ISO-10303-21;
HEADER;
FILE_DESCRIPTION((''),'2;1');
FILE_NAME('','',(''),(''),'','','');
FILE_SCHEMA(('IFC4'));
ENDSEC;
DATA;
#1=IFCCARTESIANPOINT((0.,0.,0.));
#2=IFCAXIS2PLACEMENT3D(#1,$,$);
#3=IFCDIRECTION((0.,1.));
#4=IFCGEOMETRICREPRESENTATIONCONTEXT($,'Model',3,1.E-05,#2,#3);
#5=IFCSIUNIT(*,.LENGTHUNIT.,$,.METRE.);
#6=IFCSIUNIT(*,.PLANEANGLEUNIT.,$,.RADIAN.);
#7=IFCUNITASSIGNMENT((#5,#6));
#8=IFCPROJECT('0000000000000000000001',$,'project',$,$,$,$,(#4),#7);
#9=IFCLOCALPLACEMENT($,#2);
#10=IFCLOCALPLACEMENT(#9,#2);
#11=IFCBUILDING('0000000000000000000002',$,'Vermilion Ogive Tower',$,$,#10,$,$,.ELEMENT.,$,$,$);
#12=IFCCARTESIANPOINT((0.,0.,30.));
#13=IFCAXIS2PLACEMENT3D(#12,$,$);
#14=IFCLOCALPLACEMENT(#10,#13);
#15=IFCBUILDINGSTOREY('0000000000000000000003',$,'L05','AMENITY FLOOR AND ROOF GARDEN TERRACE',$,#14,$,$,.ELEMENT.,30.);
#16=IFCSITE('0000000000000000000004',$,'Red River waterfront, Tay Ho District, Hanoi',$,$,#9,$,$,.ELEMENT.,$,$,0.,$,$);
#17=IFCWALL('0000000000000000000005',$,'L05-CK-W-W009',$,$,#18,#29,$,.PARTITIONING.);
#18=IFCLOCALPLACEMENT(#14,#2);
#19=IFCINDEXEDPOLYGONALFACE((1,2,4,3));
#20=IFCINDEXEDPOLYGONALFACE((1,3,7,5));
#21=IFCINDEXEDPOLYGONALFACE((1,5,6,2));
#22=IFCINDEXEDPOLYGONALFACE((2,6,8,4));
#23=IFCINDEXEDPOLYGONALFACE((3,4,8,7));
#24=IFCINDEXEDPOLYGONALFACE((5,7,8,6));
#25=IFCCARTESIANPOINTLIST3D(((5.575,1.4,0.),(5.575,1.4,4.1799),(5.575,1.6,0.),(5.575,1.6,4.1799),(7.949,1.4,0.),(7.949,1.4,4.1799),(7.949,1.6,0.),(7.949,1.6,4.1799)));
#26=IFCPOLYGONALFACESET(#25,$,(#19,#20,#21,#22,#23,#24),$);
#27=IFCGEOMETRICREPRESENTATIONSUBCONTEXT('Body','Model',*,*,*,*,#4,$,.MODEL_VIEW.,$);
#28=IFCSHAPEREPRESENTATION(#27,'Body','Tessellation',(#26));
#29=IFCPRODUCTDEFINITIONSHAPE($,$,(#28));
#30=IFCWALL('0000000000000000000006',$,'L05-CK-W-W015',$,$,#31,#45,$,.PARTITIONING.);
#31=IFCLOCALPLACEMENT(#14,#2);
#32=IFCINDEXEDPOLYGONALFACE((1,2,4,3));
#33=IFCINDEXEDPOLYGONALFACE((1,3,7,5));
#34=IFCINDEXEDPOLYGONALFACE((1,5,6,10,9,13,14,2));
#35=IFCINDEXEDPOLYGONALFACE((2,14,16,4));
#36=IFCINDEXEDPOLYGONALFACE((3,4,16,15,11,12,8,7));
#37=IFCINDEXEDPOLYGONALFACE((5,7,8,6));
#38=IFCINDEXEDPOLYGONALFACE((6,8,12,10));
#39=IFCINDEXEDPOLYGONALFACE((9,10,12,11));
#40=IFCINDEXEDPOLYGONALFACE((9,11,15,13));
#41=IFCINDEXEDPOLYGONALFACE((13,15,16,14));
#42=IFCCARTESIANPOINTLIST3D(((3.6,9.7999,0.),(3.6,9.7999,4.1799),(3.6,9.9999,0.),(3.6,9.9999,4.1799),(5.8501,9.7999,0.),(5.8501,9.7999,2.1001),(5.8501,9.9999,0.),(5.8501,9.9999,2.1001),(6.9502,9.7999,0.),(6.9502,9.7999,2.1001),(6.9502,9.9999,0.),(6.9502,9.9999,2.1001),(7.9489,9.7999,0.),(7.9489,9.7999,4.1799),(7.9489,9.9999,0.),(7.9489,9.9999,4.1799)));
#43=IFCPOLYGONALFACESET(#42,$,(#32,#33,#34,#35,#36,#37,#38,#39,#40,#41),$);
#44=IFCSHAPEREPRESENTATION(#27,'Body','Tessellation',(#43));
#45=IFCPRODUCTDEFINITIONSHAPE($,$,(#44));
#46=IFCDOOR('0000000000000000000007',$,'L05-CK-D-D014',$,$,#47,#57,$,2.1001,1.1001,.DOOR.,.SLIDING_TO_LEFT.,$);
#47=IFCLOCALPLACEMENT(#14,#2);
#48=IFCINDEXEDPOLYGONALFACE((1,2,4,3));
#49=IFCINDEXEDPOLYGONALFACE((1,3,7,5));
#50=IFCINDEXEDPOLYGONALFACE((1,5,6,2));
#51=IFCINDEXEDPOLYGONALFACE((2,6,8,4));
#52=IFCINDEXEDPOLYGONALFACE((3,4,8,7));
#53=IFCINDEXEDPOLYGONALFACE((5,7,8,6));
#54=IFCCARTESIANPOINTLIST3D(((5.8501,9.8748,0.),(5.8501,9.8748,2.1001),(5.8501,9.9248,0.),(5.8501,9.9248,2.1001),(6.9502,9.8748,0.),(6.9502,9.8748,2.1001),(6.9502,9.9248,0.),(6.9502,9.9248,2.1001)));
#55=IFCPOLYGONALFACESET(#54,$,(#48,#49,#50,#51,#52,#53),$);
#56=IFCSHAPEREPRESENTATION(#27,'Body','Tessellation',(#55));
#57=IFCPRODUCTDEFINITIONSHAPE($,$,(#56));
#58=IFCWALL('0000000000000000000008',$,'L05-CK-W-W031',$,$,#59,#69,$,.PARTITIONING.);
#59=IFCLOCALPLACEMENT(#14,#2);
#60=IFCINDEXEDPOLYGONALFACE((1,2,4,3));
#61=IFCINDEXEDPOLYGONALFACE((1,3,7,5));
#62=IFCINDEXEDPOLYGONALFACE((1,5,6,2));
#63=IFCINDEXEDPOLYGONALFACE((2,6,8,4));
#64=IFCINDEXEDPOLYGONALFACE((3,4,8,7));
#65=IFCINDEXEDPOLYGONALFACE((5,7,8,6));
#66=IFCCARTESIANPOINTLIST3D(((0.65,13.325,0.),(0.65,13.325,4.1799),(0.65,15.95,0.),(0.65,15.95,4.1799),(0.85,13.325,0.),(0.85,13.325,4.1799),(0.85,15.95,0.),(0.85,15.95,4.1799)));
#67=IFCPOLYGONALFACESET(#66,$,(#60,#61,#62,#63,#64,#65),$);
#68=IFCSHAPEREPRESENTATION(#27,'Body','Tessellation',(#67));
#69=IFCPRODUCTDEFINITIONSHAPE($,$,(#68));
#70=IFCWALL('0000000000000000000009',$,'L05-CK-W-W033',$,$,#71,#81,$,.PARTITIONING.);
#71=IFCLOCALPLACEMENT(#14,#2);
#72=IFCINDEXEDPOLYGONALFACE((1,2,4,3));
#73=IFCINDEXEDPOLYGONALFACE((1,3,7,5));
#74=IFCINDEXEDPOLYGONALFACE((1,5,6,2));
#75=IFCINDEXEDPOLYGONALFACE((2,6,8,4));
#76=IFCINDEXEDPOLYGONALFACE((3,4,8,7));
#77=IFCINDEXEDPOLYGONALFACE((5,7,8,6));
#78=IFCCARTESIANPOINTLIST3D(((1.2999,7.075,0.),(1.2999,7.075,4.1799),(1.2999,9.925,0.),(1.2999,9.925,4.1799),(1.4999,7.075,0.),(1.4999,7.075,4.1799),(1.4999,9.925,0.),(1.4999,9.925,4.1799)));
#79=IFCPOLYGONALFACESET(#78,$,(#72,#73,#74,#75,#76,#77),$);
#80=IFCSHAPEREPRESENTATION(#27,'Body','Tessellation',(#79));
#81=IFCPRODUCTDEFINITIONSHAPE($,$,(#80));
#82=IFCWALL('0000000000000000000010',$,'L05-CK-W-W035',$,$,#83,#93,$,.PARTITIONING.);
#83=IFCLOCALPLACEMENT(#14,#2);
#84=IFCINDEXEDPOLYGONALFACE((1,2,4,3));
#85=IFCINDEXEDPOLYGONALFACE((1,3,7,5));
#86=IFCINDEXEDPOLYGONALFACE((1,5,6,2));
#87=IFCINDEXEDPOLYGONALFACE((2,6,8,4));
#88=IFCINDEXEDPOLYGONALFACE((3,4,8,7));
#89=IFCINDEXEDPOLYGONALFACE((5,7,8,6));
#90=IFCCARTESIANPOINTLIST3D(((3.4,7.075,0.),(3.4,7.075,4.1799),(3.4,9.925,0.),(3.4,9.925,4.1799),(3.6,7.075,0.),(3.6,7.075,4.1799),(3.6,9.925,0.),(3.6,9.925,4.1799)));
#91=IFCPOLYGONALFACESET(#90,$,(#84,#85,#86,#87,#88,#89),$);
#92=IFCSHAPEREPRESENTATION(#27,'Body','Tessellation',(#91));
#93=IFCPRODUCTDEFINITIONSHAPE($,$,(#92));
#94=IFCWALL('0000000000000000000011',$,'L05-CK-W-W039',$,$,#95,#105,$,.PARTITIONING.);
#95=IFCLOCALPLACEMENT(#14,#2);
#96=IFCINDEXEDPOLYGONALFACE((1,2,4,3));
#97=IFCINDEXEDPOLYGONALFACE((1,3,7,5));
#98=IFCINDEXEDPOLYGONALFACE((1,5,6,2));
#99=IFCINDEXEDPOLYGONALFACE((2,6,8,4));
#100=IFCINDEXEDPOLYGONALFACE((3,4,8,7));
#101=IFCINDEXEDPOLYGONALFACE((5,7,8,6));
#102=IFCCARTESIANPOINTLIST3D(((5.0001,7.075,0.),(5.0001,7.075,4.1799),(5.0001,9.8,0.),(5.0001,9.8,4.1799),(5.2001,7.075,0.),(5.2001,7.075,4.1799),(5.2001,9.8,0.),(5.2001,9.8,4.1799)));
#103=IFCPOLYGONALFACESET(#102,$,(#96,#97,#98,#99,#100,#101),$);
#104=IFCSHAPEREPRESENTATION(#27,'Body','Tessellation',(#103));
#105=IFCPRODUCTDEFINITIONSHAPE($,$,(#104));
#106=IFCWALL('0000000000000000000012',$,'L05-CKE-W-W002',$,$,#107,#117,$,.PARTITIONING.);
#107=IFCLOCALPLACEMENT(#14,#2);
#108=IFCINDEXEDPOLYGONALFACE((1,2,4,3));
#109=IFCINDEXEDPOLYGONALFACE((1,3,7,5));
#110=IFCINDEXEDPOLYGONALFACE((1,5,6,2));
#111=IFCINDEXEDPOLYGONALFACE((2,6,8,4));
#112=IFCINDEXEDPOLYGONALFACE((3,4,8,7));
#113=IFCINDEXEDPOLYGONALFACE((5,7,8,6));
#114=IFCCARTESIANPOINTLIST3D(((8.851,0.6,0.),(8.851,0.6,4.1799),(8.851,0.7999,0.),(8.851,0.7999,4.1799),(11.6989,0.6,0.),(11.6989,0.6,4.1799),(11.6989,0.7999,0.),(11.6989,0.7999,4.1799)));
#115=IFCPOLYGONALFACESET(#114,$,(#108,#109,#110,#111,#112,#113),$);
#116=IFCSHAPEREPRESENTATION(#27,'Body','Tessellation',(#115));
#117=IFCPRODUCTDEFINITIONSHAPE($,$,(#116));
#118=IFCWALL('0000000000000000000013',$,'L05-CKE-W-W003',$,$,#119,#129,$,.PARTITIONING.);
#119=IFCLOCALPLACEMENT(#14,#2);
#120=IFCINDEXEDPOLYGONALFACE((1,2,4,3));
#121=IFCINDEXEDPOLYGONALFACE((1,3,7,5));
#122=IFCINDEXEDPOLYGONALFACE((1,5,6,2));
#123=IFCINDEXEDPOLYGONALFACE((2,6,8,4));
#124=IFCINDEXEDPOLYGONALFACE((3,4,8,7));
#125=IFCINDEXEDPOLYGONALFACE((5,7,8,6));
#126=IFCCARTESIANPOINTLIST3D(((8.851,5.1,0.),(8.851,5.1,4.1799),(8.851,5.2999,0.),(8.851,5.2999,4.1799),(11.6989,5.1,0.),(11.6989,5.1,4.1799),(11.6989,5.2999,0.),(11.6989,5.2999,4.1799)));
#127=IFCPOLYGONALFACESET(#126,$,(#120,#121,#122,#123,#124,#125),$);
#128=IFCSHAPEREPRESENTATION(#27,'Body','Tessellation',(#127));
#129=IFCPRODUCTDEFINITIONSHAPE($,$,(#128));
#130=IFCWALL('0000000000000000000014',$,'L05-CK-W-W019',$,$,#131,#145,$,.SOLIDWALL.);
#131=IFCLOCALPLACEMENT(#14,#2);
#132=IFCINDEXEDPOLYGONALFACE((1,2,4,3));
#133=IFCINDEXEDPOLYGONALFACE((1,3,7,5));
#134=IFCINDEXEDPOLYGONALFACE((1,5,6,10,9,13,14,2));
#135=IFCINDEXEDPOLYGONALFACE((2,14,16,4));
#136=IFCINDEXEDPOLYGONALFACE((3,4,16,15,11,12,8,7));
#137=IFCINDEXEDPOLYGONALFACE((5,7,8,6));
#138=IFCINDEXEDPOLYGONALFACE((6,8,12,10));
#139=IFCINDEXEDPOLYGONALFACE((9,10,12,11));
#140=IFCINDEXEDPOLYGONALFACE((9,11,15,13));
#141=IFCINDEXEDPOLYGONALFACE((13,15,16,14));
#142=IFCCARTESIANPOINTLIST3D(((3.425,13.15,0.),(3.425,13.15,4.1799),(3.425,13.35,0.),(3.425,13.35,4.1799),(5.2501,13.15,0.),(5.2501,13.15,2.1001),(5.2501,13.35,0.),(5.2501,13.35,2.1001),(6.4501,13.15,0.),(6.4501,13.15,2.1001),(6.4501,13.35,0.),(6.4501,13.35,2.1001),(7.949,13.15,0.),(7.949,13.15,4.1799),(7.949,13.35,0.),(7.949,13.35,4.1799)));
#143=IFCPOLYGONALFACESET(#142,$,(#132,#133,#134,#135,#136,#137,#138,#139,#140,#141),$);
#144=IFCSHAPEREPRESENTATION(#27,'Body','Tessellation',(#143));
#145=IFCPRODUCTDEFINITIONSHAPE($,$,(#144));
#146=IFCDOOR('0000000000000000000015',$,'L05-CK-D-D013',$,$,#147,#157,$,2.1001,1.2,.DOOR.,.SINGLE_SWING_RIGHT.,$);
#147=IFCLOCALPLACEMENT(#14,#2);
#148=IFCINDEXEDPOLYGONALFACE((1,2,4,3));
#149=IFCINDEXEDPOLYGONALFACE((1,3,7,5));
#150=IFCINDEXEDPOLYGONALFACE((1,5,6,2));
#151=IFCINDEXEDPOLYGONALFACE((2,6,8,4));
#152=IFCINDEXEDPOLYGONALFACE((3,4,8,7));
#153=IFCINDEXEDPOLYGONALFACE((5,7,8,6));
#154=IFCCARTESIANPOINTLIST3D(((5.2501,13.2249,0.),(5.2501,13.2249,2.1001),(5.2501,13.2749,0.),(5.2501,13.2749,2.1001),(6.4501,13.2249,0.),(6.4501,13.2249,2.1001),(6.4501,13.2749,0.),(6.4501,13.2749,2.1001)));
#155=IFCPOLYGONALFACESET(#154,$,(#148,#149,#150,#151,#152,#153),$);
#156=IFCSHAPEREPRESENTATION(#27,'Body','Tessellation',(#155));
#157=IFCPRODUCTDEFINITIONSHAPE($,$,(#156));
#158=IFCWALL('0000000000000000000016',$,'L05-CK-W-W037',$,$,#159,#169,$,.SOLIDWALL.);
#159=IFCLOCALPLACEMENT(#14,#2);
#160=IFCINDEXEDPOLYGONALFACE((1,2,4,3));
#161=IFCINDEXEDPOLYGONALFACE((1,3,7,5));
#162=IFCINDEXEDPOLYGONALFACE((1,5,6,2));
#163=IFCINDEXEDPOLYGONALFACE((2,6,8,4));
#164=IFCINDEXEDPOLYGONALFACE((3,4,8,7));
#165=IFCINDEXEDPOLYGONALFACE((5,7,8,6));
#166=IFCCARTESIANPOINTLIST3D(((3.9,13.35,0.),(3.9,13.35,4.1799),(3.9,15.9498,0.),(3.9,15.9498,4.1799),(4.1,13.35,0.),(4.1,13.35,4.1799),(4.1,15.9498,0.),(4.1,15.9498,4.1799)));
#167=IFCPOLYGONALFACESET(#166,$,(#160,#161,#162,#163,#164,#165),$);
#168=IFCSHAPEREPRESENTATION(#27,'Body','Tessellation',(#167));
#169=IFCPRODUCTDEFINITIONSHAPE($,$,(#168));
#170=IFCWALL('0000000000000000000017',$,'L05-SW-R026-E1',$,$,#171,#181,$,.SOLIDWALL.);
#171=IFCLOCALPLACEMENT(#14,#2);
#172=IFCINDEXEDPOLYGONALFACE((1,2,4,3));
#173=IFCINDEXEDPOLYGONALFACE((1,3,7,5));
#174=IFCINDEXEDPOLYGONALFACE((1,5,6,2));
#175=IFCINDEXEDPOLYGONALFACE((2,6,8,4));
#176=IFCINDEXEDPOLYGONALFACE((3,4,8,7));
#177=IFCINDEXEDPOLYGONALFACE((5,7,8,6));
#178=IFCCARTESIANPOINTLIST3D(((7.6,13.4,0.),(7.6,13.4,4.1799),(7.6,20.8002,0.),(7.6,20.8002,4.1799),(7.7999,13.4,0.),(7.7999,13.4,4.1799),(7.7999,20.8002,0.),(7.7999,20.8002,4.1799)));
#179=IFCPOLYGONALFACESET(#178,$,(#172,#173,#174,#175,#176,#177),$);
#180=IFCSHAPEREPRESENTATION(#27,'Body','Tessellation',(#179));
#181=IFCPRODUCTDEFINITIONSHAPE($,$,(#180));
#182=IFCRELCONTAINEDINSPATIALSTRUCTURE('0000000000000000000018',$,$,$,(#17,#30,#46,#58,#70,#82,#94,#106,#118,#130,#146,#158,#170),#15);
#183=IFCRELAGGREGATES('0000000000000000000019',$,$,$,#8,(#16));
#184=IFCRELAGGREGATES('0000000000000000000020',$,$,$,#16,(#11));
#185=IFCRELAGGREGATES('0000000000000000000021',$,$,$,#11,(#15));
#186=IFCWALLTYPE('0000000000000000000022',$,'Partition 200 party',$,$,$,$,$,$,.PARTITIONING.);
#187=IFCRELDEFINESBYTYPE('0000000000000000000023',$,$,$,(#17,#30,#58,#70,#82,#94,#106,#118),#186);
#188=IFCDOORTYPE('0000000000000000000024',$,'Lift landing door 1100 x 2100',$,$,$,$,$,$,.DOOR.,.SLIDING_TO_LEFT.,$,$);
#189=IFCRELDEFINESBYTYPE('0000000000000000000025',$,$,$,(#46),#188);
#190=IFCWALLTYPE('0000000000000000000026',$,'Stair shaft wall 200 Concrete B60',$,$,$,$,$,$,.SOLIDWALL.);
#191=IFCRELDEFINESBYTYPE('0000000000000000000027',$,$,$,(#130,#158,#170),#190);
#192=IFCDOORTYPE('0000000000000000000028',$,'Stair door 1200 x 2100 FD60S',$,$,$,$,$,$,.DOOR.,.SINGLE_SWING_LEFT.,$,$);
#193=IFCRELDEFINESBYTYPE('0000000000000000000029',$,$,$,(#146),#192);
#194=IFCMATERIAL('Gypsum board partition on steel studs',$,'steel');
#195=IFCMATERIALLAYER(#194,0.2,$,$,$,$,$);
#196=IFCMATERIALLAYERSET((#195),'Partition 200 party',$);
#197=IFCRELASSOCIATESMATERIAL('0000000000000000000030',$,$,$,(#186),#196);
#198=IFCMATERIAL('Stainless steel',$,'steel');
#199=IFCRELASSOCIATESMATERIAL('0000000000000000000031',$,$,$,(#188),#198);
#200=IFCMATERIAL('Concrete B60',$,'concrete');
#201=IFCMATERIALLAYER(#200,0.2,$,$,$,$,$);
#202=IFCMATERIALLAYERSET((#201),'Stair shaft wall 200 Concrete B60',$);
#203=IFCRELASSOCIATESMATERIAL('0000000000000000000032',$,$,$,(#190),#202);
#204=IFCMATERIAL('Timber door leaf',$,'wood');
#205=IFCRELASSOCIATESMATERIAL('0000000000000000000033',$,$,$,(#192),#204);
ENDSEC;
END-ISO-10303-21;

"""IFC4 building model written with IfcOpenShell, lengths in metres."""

from ifc_helpers import new_model, si_unit, direction, frame, frame_2d, origin, place, context, subcontext, project, spatial, rectangle, extrude, material, layer, layer_set, type_object, element, fill, save


model = new_model("IFC4")

# Units and contexts
model_context = context("Model", 3, precision=1e-05, world=origin(), true_north=direction((0.0, 1.0)))
body_context = subcontext(model_context, "Body", "Model", "MODEL_VIEW")
ifc_project = project(units=[si_unit("LENGTHUNIT", "METRE"), si_unit("PLANEANGLEUNIT", "RADIAN")], contexts=[model_context])

# Site, building, storey
site_placement = place(None, origin())
site = spatial("IfcSite", under=ifc_project, at=site_placement, Name="Red River waterfront, Tay Ho District, Hanoi", CompositionType="ELEMENT", RefElevation=0.0)
building_placement = place(site_placement, origin())
building = spatial("IfcBuilding", under=site, at=building_placement, Name="Vermilion Ogive Tower", CompositionType="ELEMENT")
storey_placement = place(building_placement, frame((0.0, 0.0, 30.0)))
storey = spatial("IfcBuildingStorey", under=building, at=storey_placement, Name="L05", Description="AMENITY FLOOR AND ROOF GARDEN TERRACE", CompositionType="ELEMENT", Elevation=30.0)

# Wall
ifc_material_1 = material(Name="Gypsum board partition on steel studs", Category="steel")
ifc_layer_1 = layer(ifc_material_1, 0.2)
ifc_layer_set_1 = layer_set([ifc_layer_1], Name="Partition 200 party")
wall_type_1 = type_object("IfcWallType", Name="Partition 200 party", PredefinedType="PARTITIONING", material=ifc_layer_set_1)
wall_1_placement = place(storey_placement, frame((5.575, 1.5, 0.0), z_axis=(0.0, 0.0, 1.0), x_axis=(1.0, 0.0, 0.0)))
element("IfcWall", 1, at=wall_1_placement, inside=storey, type_object=wall_type_1, Name="L05-CK-W-W009", PredefinedType="PARTITIONING", context=body_context, shape_type="SweptSolid", body=[
    extrude(rectangle(XDim=2.374, YDim=0.2, at=frame_2d((1.187, 0.0))), origin(), (0.0, 0.0, 1.0), 4.1799),
])

# Wall, opening, door
wall_2_placement = place(storey_placement, frame((3.6001, 9.8999, 0.0), z_axis=(0.0, 0.0, 1.0), x_axis=(1.0, 0.0, 0.0)))
wall_2 = element("IfcWall", 2, at=wall_2_placement, inside=storey, type_object=wall_type_1, Name="L05-CK-W-W015", PredefinedType="PARTITIONING", context=body_context, shape_type="SweptSolid", body=[
    extrude(rectangle(XDim=4.3489, YDim=0.2, at=frame_2d((2.1743, 0.0))), origin(), (0.0, 0.0, 1.0), 4.1799),
])
opening_1_placement = place(wall_2_placement, frame((2.25, 0.0, 0.0)))
opening_1 = element("IfcOpeningElement", 3, at=opening_1_placement, cuts=wall_2, PredefinedType="OPENING", context=body_context, shape_type="SweptSolid", body=[
    extrude(rectangle(XDim=1.1001, YDim=2.1001, at=frame_2d((0.55, 1.05))), frame((0.0, 0.1099, 0.0), z_axis=(0.0, -1.0, 0.0), x_axis=(1.0, 0.0, 0.0)), (0.0, 0.0, 1.0), 0.22),
])
ifc_material_2 = material(Name="Stainless steel", Category="steel")
door_type_1 = type_object("IfcDoorType", Name="Lift landing door 1100 x 2100", OperationType="SLIDING_TO_LEFT", PredefinedType="DOOR", material=ifc_material_2)
door_1_placement = place(opening_1_placement, origin())
door_1 = element("IfcDoor", 4, at=door_1_placement, inside=storey, type_object=door_type_1, Name="L05-CK-D-D014", OperationType="SLIDING_TO_LEFT", OverallHeight=2.1001, OverallWidth=1.1001, PredefinedType="DOOR", context=body_context, shape_type="SweptSolid", body=[
    extrude(rectangle(XDim=1.1001, YDim=2.1001, at=frame_2d((0.55, 1.05))), frame((0.0, 0.0249, 0.0), z_axis=(0.0, -1.0, 0.0), x_axis=(1.0, 0.0, 0.0)), (0.0, 0.0, 1.0), 0.05),
])
fill(opening_1, door_1)

# Walls
wall_3_placement = place(storey_placement, frame((0.75, 13.325, 0.0), z_axis=(0.0, 0.0, 1.0), x_axis=(0.0, 1.0, 0.0)))
element("IfcWall", 5, at=wall_3_placement, inside=storey, type_object=wall_type_1, Name="L05-CK-W-W031", PredefinedType="PARTITIONING", context=body_context, shape_type="SweptSolid", body=[
    extrude(rectangle(XDim=2.625, YDim=0.2, at=frame_2d((1.3125, 0.0))), origin(), (0.0, 0.0, 1.0), 4.1799),
])
for number, where, z_axis, x_axis, name in (
    (6, (1.3999, 7.075, 0.0), (0.0, 0.0, 1.0), (0.0, 1.0, 0.0), "L05-CK-W-W033"),
    (7, (3.5, 7.075, 0.0), (0.0, 0.0, 1.0), (0.0, 1.0, 0.0), "L05-CK-W-W035"),
):
    element("IfcWall", number, at=place(storey_placement, frame(where, z_axis=z_axis, x_axis=x_axis)), inside=storey, type_object=wall_type_1, Name=name, PredefinedType="PARTITIONING", context=body_context, shape_type="SweptSolid", body=[
        extrude(rectangle(XDim=2.8501, YDim=0.2, at=frame_2d((1.425, 0.0))), origin(), (0.0, 0.0, 1.0), 4.1799),
    ])
wall_4_placement = place(storey_placement, frame((5.1001, 7.075, 0.0), z_axis=(0.0, 0.0, 1.0), x_axis=(0.0, 1.0, 0.0)))
element("IfcWall", 8, at=wall_4_placement, inside=storey, type_object=wall_type_1, Name="L05-CK-W-W039", PredefinedType="PARTITIONING", context=body_context, shape_type="SweptSolid", body=[
    extrude(rectangle(XDim=2.7251, YDim=0.2, at=frame_2d((1.3625, 0.0))), origin(), (0.0, 0.0, 1.0), 4.1799),
])
for number, where, z_axis, x_axis, name in (
    (9, (8.8511, 0.7, 0.0), (0.0, 0.0, 1.0), (1.0, 0.0, 0.0), "L05-CKE-W-W002"),
    (10, (8.8511, 5.2, 0.0), (0.0, 0.0, 1.0), (1.0, 0.0, 0.0), "L05-CKE-W-W003"),
):
    element("IfcWall", number, at=place(storey_placement, frame(where, z_axis=z_axis, x_axis=x_axis)), inside=storey, type_object=wall_type_1, Name=name, PredefinedType="PARTITIONING", context=body_context, shape_type="SweptSolid", body=[
        extrude(rectangle(XDim=2.8479, YDim=0.2, at=frame_2d((1.4238, 0.0))), origin(), (0.0, 0.0, 1.0), 4.1799),
    ])

# Wall, opening, door
ifc_material_3 = material(Name="Concrete B60", Category="concrete")
ifc_layer_2 = layer(ifc_material_3, 0.2)
ifc_layer_set_2 = layer_set([ifc_layer_2], Name="Stair shaft wall 200 Concrete B60")
wall_type_2 = type_object("IfcWallType", Name="Stair shaft wall 200 Concrete B60", PredefinedType="SOLIDWALL", material=ifc_layer_set_2)
wall_5_placement = place(storey_placement, frame((3.425, 13.25, 0.0), z_axis=(0.0, 0.0, 1.0), x_axis=(1.0, 0.0, 0.0)))
wall_5 = element("IfcWall", 11, at=wall_5_placement, inside=storey, type_object=wall_type_2, Name="L05-CK-W-W019", PredefinedType="SOLIDWALL", context=body_context, shape_type="SweptSolid", body=[
    extrude(rectangle(XDim=4.5239, YDim=0.2, at=frame_2d((2.262, 0.0))), origin(), (0.0, 0.0, 1.0), 4.1799),
])
opening_2_placement = place(wall_5_placement, frame((1.825, 0.0, 0.0)))
opening_2 = element("IfcOpeningElement", 12, at=opening_2_placement, cuts=wall_5, PredefinedType="OPENING", context=body_context, shape_type="SweptSolid", body=[
    extrude(rectangle(XDim=1.2, YDim=2.1001, at=frame_2d((0.6001, 1.05))), frame((0.0, 0.1099, 0.0), z_axis=(0.0, -1.0, 0.0), x_axis=(1.0, 0.0, 0.0)), (0.0, 0.0, 1.0), 0.22),
])
ifc_material_4 = material(Name="Timber door leaf", Category="wood")
door_type_2 = type_object("IfcDoorType", Name="Stair door 1200 x 2100 FD60S", OperationType="SINGLE_SWING_LEFT", PredefinedType="DOOR", material=ifc_material_4)
door_2_placement = place(opening_2_placement, origin())
door_2 = element("IfcDoor", 13, at=door_2_placement, inside=storey, type_object=door_type_2, Name="L05-CK-D-D013", OperationType="SINGLE_SWING_RIGHT", OverallHeight=2.1001, OverallWidth=1.2, PredefinedType="DOOR", context=body_context, shape_type="SweptSolid", body=[
    extrude(rectangle(XDim=1.2, YDim=2.1001, at=frame_2d((0.6001, 1.05))), frame((0.0, 0.0249, 0.0), z_axis=(0.0, -1.0, 0.0), x_axis=(1.0, 0.0, 0.0)), (0.0, 0.0, 1.0), 0.05),
])
fill(opening_2, door_2)

# Walls
wall_6_placement = place(storey_placement, frame((4.0, 13.3501, 0.0), z_axis=(0.0, 0.0, 1.0), x_axis=(0.0, 1.0, 0.0)))
element("IfcWall", 14, at=wall_6_placement, inside=storey, type_object=wall_type_2, Name="L05-CK-W-W037", PredefinedType="SOLIDWALL", context=body_context, shape_type="SweptSolid", body=[
    extrude(rectangle(XDim=2.5999, YDim=0.2, at=frame_2d((1.2998, 0.0))), origin(), (0.0, 0.0, 1.0), 4.1799),
])
wall_7_placement = place(storey_placement, frame((7.7, 13.3999, 0.0), z_axis=(0.0, 0.0, 1.0), x_axis=(0.0, 1.0, 0.0)))
element("IfcWall", 15, at=wall_7_placement, inside=storey, type_object=wall_type_2, Name="L05-SW-R026-E1", PredefinedType="SOLIDWALL", context=body_context, shape_type="SweptSolid", body=[
    extrude(rectangle(XDim=7.4001, YDim=0.2, at=frame_2d((3.7002, 0.0))), origin(), (0.0, 0.0, 1.0), 4.1799),
])

save(model, "model.ifc")
